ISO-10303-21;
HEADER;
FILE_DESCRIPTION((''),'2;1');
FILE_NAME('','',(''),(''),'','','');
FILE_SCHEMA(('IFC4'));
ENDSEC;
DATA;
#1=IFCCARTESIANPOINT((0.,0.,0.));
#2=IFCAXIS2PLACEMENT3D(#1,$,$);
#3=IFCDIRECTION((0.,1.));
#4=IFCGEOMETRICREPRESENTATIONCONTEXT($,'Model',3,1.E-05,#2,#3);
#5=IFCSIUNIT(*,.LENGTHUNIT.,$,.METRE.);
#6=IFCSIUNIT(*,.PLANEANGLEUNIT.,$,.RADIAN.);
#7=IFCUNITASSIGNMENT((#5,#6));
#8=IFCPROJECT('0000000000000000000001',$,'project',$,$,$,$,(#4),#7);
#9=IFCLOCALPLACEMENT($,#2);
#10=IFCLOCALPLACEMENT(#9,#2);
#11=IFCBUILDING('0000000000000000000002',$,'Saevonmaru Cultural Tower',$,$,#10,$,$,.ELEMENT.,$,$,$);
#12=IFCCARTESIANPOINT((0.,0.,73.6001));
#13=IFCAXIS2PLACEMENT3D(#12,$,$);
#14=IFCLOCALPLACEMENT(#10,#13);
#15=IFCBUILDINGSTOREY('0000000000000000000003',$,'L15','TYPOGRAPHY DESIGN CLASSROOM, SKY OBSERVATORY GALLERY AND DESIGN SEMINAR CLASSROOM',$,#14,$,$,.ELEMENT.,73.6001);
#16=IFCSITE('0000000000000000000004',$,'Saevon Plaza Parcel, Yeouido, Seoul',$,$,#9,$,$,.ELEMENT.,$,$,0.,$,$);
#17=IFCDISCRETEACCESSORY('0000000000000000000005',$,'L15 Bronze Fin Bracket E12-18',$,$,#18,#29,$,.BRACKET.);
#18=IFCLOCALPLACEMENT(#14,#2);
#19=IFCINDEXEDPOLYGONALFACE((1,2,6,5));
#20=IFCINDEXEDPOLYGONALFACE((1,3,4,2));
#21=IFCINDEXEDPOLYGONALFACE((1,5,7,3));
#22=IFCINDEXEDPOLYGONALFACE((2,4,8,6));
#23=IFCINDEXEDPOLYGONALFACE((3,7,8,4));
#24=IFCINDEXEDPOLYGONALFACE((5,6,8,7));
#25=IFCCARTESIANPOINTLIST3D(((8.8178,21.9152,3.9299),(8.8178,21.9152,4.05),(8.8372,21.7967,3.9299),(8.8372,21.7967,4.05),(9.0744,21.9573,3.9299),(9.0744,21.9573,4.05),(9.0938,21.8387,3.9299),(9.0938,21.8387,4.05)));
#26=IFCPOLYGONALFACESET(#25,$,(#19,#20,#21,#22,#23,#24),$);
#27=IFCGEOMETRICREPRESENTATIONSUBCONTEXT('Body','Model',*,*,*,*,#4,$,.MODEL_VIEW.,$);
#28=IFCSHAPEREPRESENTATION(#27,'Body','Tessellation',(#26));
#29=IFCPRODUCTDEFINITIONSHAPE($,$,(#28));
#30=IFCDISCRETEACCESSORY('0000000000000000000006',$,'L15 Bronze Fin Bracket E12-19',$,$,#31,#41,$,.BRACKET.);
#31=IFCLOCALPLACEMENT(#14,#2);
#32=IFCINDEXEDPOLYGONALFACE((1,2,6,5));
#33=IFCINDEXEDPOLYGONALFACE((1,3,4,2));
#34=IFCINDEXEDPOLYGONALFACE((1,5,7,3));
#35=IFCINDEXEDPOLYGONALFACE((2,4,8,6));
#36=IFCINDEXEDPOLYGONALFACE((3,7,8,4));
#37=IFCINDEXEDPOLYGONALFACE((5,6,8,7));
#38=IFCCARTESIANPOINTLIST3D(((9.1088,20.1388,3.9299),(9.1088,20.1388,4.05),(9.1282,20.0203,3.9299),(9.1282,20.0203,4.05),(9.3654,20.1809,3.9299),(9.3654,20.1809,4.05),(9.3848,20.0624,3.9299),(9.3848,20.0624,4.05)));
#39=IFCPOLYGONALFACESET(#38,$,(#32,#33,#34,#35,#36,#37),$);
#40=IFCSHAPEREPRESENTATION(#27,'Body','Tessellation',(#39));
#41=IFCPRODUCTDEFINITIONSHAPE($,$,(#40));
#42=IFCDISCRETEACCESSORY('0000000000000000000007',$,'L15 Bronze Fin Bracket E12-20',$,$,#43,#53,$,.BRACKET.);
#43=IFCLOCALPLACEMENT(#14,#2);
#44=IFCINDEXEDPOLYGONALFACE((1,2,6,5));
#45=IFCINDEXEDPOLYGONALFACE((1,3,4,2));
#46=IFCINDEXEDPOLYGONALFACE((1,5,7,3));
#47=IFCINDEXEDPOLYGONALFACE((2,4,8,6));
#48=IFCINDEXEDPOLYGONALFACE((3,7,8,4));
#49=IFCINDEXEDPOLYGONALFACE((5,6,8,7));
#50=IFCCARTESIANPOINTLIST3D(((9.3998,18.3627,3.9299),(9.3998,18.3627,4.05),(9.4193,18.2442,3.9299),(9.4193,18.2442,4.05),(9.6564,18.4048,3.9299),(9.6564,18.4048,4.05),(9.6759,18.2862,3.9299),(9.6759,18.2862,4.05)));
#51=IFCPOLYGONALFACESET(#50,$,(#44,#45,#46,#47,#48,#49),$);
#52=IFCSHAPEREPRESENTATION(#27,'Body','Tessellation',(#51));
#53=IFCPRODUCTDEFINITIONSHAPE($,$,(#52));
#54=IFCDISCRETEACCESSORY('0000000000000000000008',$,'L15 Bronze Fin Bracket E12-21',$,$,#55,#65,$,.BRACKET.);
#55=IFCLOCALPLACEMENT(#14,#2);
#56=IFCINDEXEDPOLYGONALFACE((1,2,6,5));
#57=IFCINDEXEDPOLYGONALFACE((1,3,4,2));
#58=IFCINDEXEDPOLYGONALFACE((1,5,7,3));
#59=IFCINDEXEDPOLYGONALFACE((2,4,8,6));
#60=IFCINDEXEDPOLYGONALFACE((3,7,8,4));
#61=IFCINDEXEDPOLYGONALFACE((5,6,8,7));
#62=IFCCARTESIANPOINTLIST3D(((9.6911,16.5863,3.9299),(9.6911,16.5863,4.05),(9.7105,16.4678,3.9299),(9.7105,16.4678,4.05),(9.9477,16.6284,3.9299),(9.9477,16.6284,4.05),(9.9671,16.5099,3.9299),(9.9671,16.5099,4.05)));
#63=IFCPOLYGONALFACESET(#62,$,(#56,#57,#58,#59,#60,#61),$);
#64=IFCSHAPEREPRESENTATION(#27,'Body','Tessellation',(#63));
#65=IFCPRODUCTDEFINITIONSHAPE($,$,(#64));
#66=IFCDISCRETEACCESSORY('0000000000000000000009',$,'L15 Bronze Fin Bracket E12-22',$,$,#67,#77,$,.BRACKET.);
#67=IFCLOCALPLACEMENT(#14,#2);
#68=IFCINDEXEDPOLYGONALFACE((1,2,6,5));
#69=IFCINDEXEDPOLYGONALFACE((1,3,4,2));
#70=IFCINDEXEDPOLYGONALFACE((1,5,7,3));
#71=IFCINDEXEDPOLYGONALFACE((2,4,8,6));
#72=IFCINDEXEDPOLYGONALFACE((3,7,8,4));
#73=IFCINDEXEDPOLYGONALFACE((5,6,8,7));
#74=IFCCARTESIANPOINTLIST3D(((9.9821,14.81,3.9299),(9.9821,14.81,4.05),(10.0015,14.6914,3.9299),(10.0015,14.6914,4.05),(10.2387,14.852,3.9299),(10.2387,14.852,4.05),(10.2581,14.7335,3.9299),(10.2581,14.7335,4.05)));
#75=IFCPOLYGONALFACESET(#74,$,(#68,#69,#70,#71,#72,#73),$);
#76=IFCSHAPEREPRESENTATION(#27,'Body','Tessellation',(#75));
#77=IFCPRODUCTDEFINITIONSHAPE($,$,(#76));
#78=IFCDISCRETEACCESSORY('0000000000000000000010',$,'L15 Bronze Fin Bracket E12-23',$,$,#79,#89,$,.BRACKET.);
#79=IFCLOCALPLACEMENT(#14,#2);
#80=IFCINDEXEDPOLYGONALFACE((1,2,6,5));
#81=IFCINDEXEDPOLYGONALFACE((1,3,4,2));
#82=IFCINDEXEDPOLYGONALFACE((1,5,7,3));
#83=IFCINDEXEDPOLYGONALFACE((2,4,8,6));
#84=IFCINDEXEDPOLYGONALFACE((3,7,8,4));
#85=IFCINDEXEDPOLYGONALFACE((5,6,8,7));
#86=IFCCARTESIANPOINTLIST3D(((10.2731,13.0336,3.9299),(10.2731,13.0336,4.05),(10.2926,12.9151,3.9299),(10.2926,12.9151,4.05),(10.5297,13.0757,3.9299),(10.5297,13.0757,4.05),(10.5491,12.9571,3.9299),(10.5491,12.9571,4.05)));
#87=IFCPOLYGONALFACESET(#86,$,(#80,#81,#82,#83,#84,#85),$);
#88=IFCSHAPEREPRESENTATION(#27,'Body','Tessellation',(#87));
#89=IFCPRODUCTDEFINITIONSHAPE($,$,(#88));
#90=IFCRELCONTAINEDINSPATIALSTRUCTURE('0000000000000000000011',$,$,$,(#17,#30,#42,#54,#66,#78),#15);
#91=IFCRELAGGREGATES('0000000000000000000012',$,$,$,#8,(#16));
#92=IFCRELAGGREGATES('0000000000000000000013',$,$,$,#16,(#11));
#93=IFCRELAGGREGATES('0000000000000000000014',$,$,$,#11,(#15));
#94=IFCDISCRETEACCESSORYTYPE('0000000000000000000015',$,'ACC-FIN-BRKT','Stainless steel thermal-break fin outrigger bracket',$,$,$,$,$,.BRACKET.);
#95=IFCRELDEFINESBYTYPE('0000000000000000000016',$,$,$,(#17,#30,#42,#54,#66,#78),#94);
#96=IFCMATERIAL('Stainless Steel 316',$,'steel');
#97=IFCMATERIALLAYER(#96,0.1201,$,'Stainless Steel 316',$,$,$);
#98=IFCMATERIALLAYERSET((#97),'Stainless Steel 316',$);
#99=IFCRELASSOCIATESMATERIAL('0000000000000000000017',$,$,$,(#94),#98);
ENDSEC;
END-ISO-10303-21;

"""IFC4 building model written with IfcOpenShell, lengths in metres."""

from ifc_helpers import new_model, si_unit, direction, frame, origin, origin_2d, place, context, subcontext, project, spatial, rectangle, extrude, material, layer, layer_set, type_object, element, save


model = new_model("IFC4")

# Units and contexts
model_context = context("Model", 3, precision=1e-05, world=origin(), true_north=direction((0.0, 1.0)))
body_context = subcontext(model_context, "Body", "Model", "MODEL_VIEW")
ifc_project = project(units=[si_unit("LENGTHUNIT", "METRE"), si_unit("PLANEANGLEUNIT", "RADIAN")], contexts=[model_context])

# Site, building, storey
site_placement = place(None, origin())
site = spatial("IfcSite", under=ifc_project, at=site_placement, Name="Saevon Plaza Parcel, Yeouido, Seoul", CompositionType="ELEMENT", RefElevation=0.0)
building_placement = place(site_placement, origin())
building = spatial("IfcBuilding", under=site, at=building_placement, Name="Saevonmaru Cultural Tower", CompositionType="ELEMENT")
storey_placement = place(building_placement, frame((0.0, 0.0, 73.6001)))
storey = spatial("IfcBuildingStorey", under=building, at=storey_placement, Name="L15", Description="TYPOGRAPHY DESIGN CLASSROOM, SKY OBSERVATORY GALLERY AND DESIGN SEMINAR CLASSROOM", CompositionType="ELEMENT", Elevation=73.6001)

# Discrete accessories
ifc_material_1 = material(Name="Stainless Steel 316", Category="steel")
ifc_layer_1 = layer(ifc_material_1, 0.1201, Name="Stainless Steel 316")
ifc_layer_set_1 = layer_set([ifc_layer_1], Name="Stainless Steel 316")
discrete_accessory_type = type_object("IfcDiscreteAccessoryType", Name="ACC-FIN-BRKT", Description="Stainless steel thermal-break fin outrigger bracket", PredefinedType="BRACKET", material=ifc_layer_set_1)
for number, where, z_axis, x_axis, name in (
    (1, (8.9558, 21.877, 3.9299), (0.0, 0.0, 1.0), (-0.986827, -0.161776, 0.0), "L15 Bronze Fin Bracket E12-18"),
    (2, (9.2468, 20.1006, 3.9299), (0.0, 0.0, 1.0), (-0.986827, -0.161776, 0.0), "L15 Bronze Fin Bracket E12-19"),
    (3, (9.5378, 18.3245, 3.9299), (0.0, 0.0, 1.0), (-0.986827, -0.161776, 0.0), "L15 Bronze Fin Bracket E12-20"),
    (4, (9.8291, 16.5481, 3.9299), (0.0, 0.0, 1.0), (-0.986827, -0.161776, 0.0), "L15 Bronze Fin Bracket E12-21"),
    (5, (10.1201, 14.7717, 3.9299), (0.0, 0.0, 1.0), (-0.986827, -0.161776, 0.0), "L15 Bronze Fin Bracket E12-22"),
    (6, (10.4111, 12.9954, 3.9299), (0.0, 0.0, 1.0), (-0.986827, -0.161776, 0.0), "L15 Bronze Fin Bracket E12-23"),
):
    element("IfcDiscreteAccessory", number, at=place(storey_placement, frame(where, z_axis=z_axis, x_axis=x_axis)), inside=storey, type_object=discrete_accessory_type, Name=name, PredefinedType="BRACKET", context=body_context, shape_type="SweptSolid", body=[
        extrude(rectangle(XDim=0.26, YDim=0.1201, at=origin_2d()), origin(), (0.0, 0.0, 1.0), 0.1201),
    ])

save(model, "model.ifc")
